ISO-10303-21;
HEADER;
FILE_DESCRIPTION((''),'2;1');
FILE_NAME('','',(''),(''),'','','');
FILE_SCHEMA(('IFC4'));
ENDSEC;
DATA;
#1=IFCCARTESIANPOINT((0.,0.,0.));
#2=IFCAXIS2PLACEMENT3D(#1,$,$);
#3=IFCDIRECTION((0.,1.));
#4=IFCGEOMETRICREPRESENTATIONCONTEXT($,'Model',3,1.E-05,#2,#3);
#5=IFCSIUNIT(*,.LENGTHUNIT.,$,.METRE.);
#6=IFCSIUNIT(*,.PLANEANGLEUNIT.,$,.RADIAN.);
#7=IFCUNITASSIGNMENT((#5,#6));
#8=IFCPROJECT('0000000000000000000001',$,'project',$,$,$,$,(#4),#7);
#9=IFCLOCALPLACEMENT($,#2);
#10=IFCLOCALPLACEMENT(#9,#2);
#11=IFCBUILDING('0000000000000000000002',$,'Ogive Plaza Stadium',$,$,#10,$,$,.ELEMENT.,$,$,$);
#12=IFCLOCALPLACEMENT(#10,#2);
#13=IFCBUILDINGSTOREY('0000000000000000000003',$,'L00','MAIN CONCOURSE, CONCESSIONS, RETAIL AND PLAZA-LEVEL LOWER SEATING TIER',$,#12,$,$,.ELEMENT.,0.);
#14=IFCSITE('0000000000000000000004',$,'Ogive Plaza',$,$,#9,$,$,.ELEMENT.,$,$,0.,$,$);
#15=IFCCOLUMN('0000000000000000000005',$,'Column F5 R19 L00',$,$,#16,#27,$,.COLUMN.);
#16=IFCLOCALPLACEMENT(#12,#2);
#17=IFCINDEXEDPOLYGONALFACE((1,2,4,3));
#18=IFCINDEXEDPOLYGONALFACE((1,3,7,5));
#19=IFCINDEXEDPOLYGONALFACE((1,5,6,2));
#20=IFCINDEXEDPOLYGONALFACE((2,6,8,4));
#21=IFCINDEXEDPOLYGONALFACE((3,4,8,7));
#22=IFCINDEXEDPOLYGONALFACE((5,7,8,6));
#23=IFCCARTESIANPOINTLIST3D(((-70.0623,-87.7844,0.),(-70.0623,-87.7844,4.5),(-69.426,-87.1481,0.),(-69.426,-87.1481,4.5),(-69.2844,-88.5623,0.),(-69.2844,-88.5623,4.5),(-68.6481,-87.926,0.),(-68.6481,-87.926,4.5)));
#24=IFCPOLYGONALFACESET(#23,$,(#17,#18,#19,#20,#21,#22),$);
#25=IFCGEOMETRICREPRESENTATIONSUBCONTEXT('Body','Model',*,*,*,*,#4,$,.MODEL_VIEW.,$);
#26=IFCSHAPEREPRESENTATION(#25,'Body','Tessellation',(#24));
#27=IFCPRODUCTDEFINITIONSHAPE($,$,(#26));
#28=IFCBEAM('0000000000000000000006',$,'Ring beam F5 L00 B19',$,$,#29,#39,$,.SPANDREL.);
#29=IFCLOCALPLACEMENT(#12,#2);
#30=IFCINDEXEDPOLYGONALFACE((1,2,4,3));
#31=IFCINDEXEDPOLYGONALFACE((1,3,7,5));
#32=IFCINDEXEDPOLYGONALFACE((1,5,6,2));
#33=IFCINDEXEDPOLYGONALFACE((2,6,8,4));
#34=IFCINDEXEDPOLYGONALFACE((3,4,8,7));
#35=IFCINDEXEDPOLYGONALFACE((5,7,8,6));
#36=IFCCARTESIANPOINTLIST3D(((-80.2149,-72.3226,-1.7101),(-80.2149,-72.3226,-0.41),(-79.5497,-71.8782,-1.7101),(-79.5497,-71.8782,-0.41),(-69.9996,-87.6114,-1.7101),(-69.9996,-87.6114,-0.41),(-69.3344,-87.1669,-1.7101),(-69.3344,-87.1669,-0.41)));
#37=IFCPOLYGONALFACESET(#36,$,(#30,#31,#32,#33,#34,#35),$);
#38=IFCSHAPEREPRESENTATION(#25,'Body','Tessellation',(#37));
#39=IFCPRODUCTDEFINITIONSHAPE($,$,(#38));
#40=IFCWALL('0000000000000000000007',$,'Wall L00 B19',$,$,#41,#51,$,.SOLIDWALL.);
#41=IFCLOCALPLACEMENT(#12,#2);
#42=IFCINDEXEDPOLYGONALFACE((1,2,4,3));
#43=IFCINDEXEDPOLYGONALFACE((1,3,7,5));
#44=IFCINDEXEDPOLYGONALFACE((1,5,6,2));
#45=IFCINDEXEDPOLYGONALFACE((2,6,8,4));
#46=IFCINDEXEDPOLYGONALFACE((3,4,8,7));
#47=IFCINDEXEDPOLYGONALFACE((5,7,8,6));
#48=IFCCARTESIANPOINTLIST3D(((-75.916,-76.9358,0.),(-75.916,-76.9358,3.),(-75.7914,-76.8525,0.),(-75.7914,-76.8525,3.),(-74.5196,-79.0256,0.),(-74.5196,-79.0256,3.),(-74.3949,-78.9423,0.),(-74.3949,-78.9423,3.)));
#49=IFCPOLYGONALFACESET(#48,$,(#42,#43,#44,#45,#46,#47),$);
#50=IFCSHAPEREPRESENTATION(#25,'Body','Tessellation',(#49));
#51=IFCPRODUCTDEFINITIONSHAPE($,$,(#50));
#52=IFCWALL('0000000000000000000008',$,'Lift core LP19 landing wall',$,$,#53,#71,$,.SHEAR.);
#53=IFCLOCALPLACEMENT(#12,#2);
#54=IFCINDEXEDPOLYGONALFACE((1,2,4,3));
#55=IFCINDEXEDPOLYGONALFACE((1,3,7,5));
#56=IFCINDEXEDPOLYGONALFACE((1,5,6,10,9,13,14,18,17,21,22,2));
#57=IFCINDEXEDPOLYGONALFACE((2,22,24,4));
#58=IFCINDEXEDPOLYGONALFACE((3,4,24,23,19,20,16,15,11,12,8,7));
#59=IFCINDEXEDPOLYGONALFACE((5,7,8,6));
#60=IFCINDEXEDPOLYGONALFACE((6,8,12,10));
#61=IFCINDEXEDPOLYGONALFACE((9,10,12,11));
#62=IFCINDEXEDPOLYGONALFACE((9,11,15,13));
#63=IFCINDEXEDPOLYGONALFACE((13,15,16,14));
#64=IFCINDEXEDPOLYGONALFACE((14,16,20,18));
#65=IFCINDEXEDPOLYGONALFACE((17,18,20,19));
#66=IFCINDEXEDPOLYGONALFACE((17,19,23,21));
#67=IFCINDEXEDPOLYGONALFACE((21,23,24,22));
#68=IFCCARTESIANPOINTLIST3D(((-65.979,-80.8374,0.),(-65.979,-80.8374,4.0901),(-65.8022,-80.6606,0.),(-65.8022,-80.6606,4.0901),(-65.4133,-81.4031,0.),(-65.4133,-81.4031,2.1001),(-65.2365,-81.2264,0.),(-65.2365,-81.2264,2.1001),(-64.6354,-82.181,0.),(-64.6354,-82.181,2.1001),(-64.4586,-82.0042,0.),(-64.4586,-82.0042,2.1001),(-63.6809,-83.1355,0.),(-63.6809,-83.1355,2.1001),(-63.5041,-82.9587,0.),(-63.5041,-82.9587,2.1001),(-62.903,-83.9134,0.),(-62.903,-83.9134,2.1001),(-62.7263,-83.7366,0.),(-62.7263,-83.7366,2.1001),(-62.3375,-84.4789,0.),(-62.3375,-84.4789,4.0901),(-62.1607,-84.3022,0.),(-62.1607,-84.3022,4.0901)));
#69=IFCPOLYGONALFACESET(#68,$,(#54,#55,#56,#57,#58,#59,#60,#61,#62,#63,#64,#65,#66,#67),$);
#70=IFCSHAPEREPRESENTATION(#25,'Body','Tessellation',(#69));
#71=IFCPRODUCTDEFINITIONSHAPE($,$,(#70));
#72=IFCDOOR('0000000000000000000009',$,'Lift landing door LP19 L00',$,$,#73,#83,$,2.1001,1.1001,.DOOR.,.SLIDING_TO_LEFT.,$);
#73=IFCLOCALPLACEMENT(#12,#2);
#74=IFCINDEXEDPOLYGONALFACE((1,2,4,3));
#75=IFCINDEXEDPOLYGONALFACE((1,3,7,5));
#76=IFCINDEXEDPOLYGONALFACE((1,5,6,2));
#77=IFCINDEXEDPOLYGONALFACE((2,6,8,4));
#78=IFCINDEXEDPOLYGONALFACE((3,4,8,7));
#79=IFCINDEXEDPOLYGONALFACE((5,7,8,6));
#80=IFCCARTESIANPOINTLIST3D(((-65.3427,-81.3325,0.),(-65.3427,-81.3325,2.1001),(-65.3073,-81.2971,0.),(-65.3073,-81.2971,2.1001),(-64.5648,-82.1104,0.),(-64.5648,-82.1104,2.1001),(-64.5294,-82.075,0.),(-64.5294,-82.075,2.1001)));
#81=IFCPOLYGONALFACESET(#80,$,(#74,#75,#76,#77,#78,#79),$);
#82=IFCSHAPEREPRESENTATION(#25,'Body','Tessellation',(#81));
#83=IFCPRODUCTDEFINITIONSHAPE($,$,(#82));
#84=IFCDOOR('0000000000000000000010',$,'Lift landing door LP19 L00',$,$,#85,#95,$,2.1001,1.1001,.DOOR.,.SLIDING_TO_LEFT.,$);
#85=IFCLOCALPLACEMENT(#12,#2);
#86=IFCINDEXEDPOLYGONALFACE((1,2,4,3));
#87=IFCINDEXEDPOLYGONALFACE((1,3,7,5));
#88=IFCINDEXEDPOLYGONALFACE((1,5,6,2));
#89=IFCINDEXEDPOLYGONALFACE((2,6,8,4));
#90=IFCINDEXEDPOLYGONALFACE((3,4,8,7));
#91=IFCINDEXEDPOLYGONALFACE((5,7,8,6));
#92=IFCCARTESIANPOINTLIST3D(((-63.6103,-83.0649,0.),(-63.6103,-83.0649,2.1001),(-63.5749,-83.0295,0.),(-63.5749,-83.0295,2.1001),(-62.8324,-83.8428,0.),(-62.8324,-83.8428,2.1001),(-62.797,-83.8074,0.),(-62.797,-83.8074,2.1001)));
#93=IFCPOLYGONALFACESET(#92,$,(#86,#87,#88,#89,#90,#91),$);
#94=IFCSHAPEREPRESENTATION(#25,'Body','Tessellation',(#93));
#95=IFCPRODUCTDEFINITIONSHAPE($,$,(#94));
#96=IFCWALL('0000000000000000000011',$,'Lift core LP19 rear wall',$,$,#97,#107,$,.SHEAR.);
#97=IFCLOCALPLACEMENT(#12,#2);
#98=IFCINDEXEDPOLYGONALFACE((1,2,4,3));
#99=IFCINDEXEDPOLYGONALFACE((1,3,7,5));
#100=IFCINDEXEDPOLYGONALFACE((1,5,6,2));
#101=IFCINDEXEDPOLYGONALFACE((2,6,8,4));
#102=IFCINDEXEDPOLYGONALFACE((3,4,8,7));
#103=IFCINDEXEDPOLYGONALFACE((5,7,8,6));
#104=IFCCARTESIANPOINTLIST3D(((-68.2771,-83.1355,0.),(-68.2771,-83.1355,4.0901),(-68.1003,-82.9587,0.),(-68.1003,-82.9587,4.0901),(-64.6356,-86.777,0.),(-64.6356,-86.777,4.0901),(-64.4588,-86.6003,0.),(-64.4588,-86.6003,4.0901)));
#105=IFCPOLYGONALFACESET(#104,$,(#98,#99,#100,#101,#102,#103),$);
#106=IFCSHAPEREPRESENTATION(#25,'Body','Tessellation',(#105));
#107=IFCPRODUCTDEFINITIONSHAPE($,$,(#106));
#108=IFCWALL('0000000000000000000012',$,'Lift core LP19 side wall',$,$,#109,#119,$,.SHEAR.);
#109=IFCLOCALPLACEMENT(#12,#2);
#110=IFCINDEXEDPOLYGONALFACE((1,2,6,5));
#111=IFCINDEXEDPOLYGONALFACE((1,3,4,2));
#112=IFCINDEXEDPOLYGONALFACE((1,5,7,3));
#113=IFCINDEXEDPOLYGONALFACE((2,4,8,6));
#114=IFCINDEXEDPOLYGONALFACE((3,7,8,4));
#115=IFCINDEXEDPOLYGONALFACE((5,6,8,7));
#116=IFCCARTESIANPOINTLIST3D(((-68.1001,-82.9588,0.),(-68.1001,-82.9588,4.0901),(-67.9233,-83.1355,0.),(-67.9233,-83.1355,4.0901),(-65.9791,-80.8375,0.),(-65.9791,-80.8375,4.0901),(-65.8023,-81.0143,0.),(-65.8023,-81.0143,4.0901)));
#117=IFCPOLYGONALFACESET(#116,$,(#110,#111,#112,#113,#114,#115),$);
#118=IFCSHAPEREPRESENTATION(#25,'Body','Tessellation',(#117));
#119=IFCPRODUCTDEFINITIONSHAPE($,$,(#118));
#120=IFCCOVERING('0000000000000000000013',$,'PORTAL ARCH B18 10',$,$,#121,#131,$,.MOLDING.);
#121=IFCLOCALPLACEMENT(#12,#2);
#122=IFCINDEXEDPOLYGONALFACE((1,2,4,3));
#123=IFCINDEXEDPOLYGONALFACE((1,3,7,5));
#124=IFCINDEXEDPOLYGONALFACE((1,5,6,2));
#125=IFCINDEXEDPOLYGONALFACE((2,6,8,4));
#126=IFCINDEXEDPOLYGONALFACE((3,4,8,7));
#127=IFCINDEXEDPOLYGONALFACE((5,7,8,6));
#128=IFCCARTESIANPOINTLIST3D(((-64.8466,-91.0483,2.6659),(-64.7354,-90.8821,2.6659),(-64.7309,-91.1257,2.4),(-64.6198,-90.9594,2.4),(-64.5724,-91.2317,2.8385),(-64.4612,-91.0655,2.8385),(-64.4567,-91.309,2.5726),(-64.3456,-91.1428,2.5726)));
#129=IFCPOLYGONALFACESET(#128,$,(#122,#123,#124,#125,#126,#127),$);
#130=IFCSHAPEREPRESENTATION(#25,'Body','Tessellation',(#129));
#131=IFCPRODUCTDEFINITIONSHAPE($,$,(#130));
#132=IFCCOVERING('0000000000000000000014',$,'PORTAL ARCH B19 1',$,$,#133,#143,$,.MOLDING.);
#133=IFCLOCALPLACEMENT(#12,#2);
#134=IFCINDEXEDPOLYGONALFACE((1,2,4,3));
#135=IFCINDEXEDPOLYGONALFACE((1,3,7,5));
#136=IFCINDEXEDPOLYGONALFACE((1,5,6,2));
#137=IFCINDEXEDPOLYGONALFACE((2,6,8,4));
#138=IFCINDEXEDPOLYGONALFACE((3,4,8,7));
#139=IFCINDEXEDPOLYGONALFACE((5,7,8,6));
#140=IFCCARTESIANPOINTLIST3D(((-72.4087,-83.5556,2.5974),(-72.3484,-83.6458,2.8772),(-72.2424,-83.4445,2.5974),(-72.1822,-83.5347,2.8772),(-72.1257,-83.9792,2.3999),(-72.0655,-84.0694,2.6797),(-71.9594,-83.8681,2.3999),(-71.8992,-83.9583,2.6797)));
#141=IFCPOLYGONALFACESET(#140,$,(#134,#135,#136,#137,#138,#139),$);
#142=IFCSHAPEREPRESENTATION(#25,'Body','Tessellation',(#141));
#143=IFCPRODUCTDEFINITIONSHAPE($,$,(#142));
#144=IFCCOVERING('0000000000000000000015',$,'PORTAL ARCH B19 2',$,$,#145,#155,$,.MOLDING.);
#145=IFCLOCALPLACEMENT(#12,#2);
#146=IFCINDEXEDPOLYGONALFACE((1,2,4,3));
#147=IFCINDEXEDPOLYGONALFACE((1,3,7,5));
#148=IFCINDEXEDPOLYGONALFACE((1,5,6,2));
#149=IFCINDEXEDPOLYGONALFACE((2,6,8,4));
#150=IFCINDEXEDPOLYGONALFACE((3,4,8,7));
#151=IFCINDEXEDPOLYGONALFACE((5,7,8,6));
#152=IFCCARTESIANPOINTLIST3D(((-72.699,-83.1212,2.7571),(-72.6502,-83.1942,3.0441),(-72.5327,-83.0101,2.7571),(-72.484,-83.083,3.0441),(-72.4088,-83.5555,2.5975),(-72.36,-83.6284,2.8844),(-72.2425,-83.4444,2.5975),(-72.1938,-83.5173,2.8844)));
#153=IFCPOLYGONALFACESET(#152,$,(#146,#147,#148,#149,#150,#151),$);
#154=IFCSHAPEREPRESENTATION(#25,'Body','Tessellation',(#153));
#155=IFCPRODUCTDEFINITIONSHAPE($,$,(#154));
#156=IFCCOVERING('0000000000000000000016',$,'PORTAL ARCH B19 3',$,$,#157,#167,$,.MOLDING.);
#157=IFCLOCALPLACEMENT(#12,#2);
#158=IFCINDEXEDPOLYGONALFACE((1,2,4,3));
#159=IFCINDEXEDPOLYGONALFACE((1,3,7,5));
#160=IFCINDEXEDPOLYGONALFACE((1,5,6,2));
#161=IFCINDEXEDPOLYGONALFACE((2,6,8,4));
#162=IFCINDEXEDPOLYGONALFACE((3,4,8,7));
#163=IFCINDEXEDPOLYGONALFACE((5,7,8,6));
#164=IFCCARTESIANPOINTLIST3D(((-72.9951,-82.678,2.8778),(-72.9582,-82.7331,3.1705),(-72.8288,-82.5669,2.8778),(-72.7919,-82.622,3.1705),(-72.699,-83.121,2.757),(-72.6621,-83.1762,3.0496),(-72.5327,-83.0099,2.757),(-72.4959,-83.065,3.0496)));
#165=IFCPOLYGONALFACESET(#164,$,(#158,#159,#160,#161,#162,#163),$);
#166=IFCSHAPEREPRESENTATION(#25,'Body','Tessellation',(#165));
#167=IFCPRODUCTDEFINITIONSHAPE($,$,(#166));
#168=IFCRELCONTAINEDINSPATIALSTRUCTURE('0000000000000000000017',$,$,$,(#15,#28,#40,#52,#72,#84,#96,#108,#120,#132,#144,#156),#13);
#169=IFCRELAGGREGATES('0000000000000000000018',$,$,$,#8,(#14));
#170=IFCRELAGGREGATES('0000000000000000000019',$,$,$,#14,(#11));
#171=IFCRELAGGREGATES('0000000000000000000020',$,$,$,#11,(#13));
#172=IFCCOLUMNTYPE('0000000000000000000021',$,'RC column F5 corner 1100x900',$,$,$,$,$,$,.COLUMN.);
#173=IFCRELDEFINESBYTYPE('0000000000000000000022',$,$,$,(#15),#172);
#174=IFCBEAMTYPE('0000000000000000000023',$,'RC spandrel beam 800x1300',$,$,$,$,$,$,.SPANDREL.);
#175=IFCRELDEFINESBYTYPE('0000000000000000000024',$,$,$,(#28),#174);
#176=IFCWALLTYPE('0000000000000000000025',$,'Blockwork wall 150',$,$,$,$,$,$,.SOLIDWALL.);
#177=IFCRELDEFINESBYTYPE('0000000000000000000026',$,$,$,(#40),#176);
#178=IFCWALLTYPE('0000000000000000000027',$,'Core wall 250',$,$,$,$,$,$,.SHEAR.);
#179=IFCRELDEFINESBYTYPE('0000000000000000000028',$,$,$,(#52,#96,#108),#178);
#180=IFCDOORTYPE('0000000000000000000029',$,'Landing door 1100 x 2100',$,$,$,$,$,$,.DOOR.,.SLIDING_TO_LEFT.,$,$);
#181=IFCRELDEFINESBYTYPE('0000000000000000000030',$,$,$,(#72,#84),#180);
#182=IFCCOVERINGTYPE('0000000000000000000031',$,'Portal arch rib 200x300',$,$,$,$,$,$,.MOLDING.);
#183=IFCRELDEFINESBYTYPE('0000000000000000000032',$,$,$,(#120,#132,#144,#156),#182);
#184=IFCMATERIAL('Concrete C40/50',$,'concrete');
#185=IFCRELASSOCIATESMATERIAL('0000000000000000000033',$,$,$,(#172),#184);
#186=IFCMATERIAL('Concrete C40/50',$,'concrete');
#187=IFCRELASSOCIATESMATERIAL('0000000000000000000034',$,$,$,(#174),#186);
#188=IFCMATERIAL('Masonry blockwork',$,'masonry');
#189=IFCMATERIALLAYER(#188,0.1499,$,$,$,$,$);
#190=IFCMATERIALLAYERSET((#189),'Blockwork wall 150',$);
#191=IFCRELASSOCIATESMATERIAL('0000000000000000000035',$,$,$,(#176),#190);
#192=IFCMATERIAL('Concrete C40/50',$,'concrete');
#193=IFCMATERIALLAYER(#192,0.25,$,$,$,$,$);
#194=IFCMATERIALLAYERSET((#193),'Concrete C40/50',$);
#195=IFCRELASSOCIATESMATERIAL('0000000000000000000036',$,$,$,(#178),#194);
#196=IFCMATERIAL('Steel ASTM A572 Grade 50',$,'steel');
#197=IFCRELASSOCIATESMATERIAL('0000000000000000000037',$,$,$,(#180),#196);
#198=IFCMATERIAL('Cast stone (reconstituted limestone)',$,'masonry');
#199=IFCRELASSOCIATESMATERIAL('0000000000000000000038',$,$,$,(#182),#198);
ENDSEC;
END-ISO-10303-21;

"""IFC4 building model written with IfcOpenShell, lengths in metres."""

from ifc_helpers import new_model, si_unit, direction, frame, frame_2d, origin, origin_2d, place, context, subcontext, project, spatial, rectangle, extrude, material, layer, layer_set, material_profile, profile_set, type_object, element, fill, save


model = new_model("IFC4")

# Units and contexts
model_context = context("Model", 3, precision=1e-05, world=origin(), true_north=direction((0.0, 1.0)))
body_context = subcontext(model_context, "Body", "Model", "MODEL_VIEW")
ifc_project = project(units=[si_unit("LENGTHUNIT", "METRE"), si_unit("PLANEANGLEUNIT", "RADIAN")], contexts=[model_context])

# Site, building, storey
site_placement = place(None, origin())
site = spatial("IfcSite", under=ifc_project, at=site_placement, Name="Ogive Plaza", CompositionType="ELEMENT", RefElevation=0.0)
building_placement = place(site_placement, origin())
building = spatial("IfcBuilding", under=site, at=building_placement, Name="Ogive Plaza Stadium", CompositionType="ELEMENT")
storey_placement = place(building_placement, origin())
storey = spatial("IfcBuildingStorey", under=building, at=storey_placement, Name="L00", Description="MAIN CONCOURSE, CONCESSIONS, RETAIL AND PLAZA-LEVEL LOWER SEATING TIER", CompositionType="ELEMENT", Elevation=0.0)

# Column
ifc_material_1 = material(Name="Concrete C40/50", Category="concrete")
ifc_material_profile_1 = material_profile(ifc_material_1, rectangle(XDim=1.1001, YDim=0.8999, at=origin_2d()), Name="RC 1100x900")
ifc_profile_set_1 = profile_set([ifc_material_profile_1], Name="Concrete C40/50")
column_type = type_object("IfcColumnType", Name="RC column F5 corner 1100x900", PredefinedType="COLUMN", material=ifc_profile_set_1)
column_placement = place(storey_placement, frame((-69.3552, -87.8552, 0.0), z_axis=(0.0, 0.0, 1.0), x_axis=(0.707107, -0.707107, 0.0)))
element("IfcColumn", 1, at=column_placement, inside=storey, type_object=column_type, Name="Column F5 R19 L00", PredefinedType="COLUMN", context=body_context, shape_type="SweptSolid", body=[
    extrude(rectangle(XDim=1.1001, YDim=0.8999, at=origin_2d()), origin(), (0.0, 0.0, 1.0), 4.5),
])

# Beam
ifc_material_2 = material(Name="Concrete C40/50", Category="concrete")
ifc_material_profile_2 = material_profile(ifc_material_2, rectangle(XDim=0.8, YDim=1.3, at=origin_2d()), Name="RC 800x1300")
ifc_profile_set_2 = profile_set([ifc_material_profile_2], Name="Concrete C40/50")
beam_type = type_object("IfcBeamType", Name="RC spandrel beam 800x1300", PredefinedType="SPANDREL", material=ifc_profile_set_2)
beam_placement = place(storey_placement, frame((-69.667, -87.3892, -1.0601), z_axis=(-0.555558, 0.831478, 0.0), x_axis=(-0.831478, -0.555558, 0.0)))
element("IfcBeam", 2, at=beam_placement, inside=storey, type_object=beam_type, Name="Ring beam F5 L00 B19", PredefinedType="SPANDREL", context=body_context, shape_type="SweptSolid", body=[
    extrude(rectangle(XDim=0.8, YDim=1.3, at=origin_2d()), origin(), (0.0, 0.0, 1.0), 18.3875),
])

# Wall
ifc_material_3 = material(Name="Masonry blockwork", Category="masonry")
ifc_layer_1 = layer(ifc_material_3, 0.1499)
ifc_layer_set_1 = layer_set([ifc_layer_1], Name="Blockwork wall 150")
wall_type_1 = type_object("IfcWallType", Name="Blockwork wall 150", PredefinedType="SOLIDWALL", material=ifc_layer_set_1)
wall_1_placement = place(storey_placement, frame((-75.8538, -76.894, 0.0), z_axis=(0.0, 0.0, 1.0), x_axis=(0.555596, -0.831452, 0.0)))
element("IfcWall", 3, at=wall_1_placement, inside=storey, type_object=wall_type_1, Name="Wall L00 B19", PredefinedType="SOLIDWALL", context=body_context, shape_type="SweptSolid", body=[
    extrude(rectangle(XDim=2.5134, YDim=0.1499, at=frame_2d((1.2568, 0.0))), origin(), (0.0, 0.0, 1.0), 3.0),
])

# Wall, openings, doors
ifc_material_4 = material(Name="Concrete C40/50", Category="concrete")
ifc_layer_2 = layer(ifc_material_4, 0.25)
ifc_layer_set_2 = layer_set([ifc_layer_2], Name="Concrete C40/50")
wall_type_2 = type_object("IfcWallType", Name="Core wall 250", PredefinedType="SHEAR", material=ifc_layer_set_2)
wall_2_placement = place(storey_placement, frame((-65.8906, -80.749, 0.0), z_axis=(0.0, 0.0, 1.0), x_axis=(0.707107, -0.707107, 0.0)))
wall_2 = element("IfcWall", 4, at=wall_2_placement, inside=storey, type_object=wall_type_2, Name="Lift core LP19 landing wall", PredefinedType="SHEAR", context=body_context, shape_type="SweptSolid", body=[
    extrude(rectangle(XDim=5.1499, YDim=0.25, at=frame_2d((2.575, 0.0))), origin(), (0.0, 0.0, 1.0), 4.0901),
])
opening_1_placement = place(wall_2_placement, frame((0.8, 0.0, 0.0)))
opening_1 = element("IfcOpeningElement", 5, at=opening_1_placement, cuts=wall_2, PredefinedType="OPENING", context=body_context, shape_type="SweptSolid", body=[
    extrude(rectangle(XDim=1.1001, YDim=2.1001, at=frame_2d((0.55, 1.05))), frame((0.0, 0.125, 0.0), z_axis=(0.0, -1.0, 0.0), x_axis=(1.0, 0.0, 0.0)), (0.0, 0.0, 1.0), 0.25),
])
opening_2_placement = place(wall_2_placement, frame((3.25, 0.0, 0.0)))
opening_2 = element("IfcOpeningElement", 6, at=opening_2_placement, cuts=wall_2, PredefinedType="OPENING", context=body_context, shape_type="SweptSolid", body=[
    extrude(rectangle(XDim=1.1001, YDim=2.1001, at=frame_2d((0.55, 1.05))), frame((0.0, 0.125, 0.0), z_axis=(0.0, -1.0, 0.0), x_axis=(1.0, 0.0, 0.0)), (0.0, 0.0, 1.0), 0.25),
])
ifc_material_5 = material(Name="Steel ASTM A572 Grade 50", Category="steel")
door_type_1 = type_object("IfcDoorType", Name="Landing door 1100 x 2100", OperationType="SLIDING_TO_LEFT", PredefinedType="DOOR", material=ifc_material_5)
door_1_placement = place(opening_1_placement, origin())
door_1 = element("IfcDoor", 7, at=door_1_placement, inside=storey, type_object=door_type_1, Name="Lift landing door LP19 L00", OperationType="SLIDING_TO_LEFT", OverallHeight=2.1001, OverallWidth=1.1001, PredefinedType="DOOR", context=body_context, shape_type="SweptSolid", body=[
    extrude(rectangle(XDim=1.1001, YDim=2.1001, at=frame_2d((0.55, 1.05))), frame((0.0, 0.0249, 0.0), z_axis=(0.0, -1.0, 0.0), x_axis=(1.0, 0.0, 0.0)), (0.0, 0.0, 1.0), 0.05),
])
fill(opening_1, door_1)
door_2_placement = place(opening_2_placement, origin())
door_2 = element("IfcDoor", 8, at=door_2_placement, inside=storey, type_object=door_type_1, Name="Lift landing door LP19 L00", OperationType="SLIDING_TO_LEFT", OverallHeight=2.1001, OverallWidth=1.1001, PredefinedType="DOOR", context=body_context, shape_type="SweptSolid", body=[
    extrude(rectangle(XDim=1.1001, YDim=2.1001, at=frame_2d((0.55, 1.05))), frame((0.0, 0.0249, 0.0), z_axis=(0.0, -1.0, 0.0), x_axis=(1.0, 0.0, 0.0)), (0.0, 0.0, 1.0), 0.05),
])
fill(opening_2, door_2)

# Walls
wall_3_placement = place(storey_placement, frame((-68.1887, -83.0471, 0.0), z_axis=(0.0, 0.0, 1.0), x_axis=(0.707107, -0.707107, 0.0)))
element("IfcWall", 9, at=wall_3_placement, inside=storey, type_object=wall_type_2, Name="Lift core LP19 rear wall", PredefinedType="SHEAR", context=body_context, shape_type="SweptSolid", body=[
    extrude(rectangle(XDim=5.1499, YDim=0.25, at=frame_2d((2.575, 0.0))), origin(), (0.0, 0.0, 1.0), 4.0901),
])
wall_4_placement = place(storey_placement, frame((-65.8906, -80.9258, 0.0), z_axis=(0.0, 0.0, 1.0), x_axis=(-0.707066, -0.707147, 0.0)))
element("IfcWall", 10, at=wall_4_placement, inside=storey, type_object=wall_type_2, Name="Lift core LP19 side wall", PredefinedType="SHEAR", context=body_context, shape_type="SweptSolid", body=[
    extrude(rectangle(XDim=2.9998, YDim=0.25, at=frame_2d((1.5, 0.0))), origin(), (0.0, 0.0, 1.0), 4.0901),
])

# Coverings
ifc_material_6 = material(Name="Cast stone (reconstituted limestone)", Category="masonry")
ifc_material_profile_3 = material_profile(ifc_material_6, rectangle(XDim=0.2, YDim=0.3, at=origin_2d()), Name="Cast stone 200x300")
ifc_profile_set_3 = profile_set([ifc_material_profile_3], Name="Cast stone (reconstituted limestone)")
covering_type = type_object("IfcCoveringType", Name="Portal arch rib 200x300", PredefinedType="MOLDING", material=ifc_profile_set_3)
covering_1_placement = place(storey_placement, frame((-64.459, -91.1873, 2.7056), z_axis=(-0.736496, 0.492527, -0.463671), x_axis=(-0.555895, -0.831252, 0.0)))
element("IfcCovering", 11, at=covering_1_placement, inside=storey, type_object=covering_type, Name="PORTAL ARCH B18 10", PredefinedType="MOLDING", context=body_context, shape_type="SweptSolid", body=[
    extrude(rectangle(XDim=0.2, YDim=0.3, at=origin_2d()), origin(), (0.0, 0.0, 1.0), 0.3723),
])
covering_2_placement = place(storey_placement, frame((-72.0125, -83.9688, 2.5398), z_axis=(-0.517907, 0.775297, 0.361507), x_axis=(-0.831534, -0.555474, 0.0)))
element("IfcCovering", 12, at=covering_2_placement, inside=storey, type_object=covering_type, Name="PORTAL ARCH B19 1", PredefinedType="MOLDING", context=body_context, shape_type="SweptSolid", body=[
    extrude(rectangle(XDim=0.2, YDim=0.3, at=origin_2d()), origin(), (0.0, 0.0, 1.0), 0.5464),
])
covering_3_placement = place(storey_placement, frame((-72.3013, -83.5364, 2.741), z_axis=(-0.531403, 0.795094, 0.292294), x_axis=(-0.831403, -0.55567, 0.0)))
element("IfcCovering", 13, at=covering_3_placement, inside=storey, type_object=covering_type, Name="PORTAL ARCH B19 2", PredefinedType="MOLDING", context=body_context, shape_type="SweptSolid", body=[
    extrude(rectangle(XDim=0.2, YDim=0.3, at=origin_2d()), origin(), (0.0, 0.0, 1.0), 0.5461),
])
covering_4_placement = place(storey_placement, frame((-72.5974, -83.093, 2.9033), z_axis=(-0.541895, 0.810832, 0.221136), x_axis=(-0.831415, -0.555651, 0.0)))
element("IfcCovering", 14, at=covering_4_placement, inside=storey, type_object=covering_type, Name="PORTAL ARCH B19 3", PredefinedType="MOLDING", context=body_context, shape_type="SweptSolid", body=[
    extrude(rectangle(XDim=0.2, YDim=0.3, at=origin_2d()), origin(), (0.0, 0.0, 1.0), 0.5464),
])

save(model, "model.ifc")
